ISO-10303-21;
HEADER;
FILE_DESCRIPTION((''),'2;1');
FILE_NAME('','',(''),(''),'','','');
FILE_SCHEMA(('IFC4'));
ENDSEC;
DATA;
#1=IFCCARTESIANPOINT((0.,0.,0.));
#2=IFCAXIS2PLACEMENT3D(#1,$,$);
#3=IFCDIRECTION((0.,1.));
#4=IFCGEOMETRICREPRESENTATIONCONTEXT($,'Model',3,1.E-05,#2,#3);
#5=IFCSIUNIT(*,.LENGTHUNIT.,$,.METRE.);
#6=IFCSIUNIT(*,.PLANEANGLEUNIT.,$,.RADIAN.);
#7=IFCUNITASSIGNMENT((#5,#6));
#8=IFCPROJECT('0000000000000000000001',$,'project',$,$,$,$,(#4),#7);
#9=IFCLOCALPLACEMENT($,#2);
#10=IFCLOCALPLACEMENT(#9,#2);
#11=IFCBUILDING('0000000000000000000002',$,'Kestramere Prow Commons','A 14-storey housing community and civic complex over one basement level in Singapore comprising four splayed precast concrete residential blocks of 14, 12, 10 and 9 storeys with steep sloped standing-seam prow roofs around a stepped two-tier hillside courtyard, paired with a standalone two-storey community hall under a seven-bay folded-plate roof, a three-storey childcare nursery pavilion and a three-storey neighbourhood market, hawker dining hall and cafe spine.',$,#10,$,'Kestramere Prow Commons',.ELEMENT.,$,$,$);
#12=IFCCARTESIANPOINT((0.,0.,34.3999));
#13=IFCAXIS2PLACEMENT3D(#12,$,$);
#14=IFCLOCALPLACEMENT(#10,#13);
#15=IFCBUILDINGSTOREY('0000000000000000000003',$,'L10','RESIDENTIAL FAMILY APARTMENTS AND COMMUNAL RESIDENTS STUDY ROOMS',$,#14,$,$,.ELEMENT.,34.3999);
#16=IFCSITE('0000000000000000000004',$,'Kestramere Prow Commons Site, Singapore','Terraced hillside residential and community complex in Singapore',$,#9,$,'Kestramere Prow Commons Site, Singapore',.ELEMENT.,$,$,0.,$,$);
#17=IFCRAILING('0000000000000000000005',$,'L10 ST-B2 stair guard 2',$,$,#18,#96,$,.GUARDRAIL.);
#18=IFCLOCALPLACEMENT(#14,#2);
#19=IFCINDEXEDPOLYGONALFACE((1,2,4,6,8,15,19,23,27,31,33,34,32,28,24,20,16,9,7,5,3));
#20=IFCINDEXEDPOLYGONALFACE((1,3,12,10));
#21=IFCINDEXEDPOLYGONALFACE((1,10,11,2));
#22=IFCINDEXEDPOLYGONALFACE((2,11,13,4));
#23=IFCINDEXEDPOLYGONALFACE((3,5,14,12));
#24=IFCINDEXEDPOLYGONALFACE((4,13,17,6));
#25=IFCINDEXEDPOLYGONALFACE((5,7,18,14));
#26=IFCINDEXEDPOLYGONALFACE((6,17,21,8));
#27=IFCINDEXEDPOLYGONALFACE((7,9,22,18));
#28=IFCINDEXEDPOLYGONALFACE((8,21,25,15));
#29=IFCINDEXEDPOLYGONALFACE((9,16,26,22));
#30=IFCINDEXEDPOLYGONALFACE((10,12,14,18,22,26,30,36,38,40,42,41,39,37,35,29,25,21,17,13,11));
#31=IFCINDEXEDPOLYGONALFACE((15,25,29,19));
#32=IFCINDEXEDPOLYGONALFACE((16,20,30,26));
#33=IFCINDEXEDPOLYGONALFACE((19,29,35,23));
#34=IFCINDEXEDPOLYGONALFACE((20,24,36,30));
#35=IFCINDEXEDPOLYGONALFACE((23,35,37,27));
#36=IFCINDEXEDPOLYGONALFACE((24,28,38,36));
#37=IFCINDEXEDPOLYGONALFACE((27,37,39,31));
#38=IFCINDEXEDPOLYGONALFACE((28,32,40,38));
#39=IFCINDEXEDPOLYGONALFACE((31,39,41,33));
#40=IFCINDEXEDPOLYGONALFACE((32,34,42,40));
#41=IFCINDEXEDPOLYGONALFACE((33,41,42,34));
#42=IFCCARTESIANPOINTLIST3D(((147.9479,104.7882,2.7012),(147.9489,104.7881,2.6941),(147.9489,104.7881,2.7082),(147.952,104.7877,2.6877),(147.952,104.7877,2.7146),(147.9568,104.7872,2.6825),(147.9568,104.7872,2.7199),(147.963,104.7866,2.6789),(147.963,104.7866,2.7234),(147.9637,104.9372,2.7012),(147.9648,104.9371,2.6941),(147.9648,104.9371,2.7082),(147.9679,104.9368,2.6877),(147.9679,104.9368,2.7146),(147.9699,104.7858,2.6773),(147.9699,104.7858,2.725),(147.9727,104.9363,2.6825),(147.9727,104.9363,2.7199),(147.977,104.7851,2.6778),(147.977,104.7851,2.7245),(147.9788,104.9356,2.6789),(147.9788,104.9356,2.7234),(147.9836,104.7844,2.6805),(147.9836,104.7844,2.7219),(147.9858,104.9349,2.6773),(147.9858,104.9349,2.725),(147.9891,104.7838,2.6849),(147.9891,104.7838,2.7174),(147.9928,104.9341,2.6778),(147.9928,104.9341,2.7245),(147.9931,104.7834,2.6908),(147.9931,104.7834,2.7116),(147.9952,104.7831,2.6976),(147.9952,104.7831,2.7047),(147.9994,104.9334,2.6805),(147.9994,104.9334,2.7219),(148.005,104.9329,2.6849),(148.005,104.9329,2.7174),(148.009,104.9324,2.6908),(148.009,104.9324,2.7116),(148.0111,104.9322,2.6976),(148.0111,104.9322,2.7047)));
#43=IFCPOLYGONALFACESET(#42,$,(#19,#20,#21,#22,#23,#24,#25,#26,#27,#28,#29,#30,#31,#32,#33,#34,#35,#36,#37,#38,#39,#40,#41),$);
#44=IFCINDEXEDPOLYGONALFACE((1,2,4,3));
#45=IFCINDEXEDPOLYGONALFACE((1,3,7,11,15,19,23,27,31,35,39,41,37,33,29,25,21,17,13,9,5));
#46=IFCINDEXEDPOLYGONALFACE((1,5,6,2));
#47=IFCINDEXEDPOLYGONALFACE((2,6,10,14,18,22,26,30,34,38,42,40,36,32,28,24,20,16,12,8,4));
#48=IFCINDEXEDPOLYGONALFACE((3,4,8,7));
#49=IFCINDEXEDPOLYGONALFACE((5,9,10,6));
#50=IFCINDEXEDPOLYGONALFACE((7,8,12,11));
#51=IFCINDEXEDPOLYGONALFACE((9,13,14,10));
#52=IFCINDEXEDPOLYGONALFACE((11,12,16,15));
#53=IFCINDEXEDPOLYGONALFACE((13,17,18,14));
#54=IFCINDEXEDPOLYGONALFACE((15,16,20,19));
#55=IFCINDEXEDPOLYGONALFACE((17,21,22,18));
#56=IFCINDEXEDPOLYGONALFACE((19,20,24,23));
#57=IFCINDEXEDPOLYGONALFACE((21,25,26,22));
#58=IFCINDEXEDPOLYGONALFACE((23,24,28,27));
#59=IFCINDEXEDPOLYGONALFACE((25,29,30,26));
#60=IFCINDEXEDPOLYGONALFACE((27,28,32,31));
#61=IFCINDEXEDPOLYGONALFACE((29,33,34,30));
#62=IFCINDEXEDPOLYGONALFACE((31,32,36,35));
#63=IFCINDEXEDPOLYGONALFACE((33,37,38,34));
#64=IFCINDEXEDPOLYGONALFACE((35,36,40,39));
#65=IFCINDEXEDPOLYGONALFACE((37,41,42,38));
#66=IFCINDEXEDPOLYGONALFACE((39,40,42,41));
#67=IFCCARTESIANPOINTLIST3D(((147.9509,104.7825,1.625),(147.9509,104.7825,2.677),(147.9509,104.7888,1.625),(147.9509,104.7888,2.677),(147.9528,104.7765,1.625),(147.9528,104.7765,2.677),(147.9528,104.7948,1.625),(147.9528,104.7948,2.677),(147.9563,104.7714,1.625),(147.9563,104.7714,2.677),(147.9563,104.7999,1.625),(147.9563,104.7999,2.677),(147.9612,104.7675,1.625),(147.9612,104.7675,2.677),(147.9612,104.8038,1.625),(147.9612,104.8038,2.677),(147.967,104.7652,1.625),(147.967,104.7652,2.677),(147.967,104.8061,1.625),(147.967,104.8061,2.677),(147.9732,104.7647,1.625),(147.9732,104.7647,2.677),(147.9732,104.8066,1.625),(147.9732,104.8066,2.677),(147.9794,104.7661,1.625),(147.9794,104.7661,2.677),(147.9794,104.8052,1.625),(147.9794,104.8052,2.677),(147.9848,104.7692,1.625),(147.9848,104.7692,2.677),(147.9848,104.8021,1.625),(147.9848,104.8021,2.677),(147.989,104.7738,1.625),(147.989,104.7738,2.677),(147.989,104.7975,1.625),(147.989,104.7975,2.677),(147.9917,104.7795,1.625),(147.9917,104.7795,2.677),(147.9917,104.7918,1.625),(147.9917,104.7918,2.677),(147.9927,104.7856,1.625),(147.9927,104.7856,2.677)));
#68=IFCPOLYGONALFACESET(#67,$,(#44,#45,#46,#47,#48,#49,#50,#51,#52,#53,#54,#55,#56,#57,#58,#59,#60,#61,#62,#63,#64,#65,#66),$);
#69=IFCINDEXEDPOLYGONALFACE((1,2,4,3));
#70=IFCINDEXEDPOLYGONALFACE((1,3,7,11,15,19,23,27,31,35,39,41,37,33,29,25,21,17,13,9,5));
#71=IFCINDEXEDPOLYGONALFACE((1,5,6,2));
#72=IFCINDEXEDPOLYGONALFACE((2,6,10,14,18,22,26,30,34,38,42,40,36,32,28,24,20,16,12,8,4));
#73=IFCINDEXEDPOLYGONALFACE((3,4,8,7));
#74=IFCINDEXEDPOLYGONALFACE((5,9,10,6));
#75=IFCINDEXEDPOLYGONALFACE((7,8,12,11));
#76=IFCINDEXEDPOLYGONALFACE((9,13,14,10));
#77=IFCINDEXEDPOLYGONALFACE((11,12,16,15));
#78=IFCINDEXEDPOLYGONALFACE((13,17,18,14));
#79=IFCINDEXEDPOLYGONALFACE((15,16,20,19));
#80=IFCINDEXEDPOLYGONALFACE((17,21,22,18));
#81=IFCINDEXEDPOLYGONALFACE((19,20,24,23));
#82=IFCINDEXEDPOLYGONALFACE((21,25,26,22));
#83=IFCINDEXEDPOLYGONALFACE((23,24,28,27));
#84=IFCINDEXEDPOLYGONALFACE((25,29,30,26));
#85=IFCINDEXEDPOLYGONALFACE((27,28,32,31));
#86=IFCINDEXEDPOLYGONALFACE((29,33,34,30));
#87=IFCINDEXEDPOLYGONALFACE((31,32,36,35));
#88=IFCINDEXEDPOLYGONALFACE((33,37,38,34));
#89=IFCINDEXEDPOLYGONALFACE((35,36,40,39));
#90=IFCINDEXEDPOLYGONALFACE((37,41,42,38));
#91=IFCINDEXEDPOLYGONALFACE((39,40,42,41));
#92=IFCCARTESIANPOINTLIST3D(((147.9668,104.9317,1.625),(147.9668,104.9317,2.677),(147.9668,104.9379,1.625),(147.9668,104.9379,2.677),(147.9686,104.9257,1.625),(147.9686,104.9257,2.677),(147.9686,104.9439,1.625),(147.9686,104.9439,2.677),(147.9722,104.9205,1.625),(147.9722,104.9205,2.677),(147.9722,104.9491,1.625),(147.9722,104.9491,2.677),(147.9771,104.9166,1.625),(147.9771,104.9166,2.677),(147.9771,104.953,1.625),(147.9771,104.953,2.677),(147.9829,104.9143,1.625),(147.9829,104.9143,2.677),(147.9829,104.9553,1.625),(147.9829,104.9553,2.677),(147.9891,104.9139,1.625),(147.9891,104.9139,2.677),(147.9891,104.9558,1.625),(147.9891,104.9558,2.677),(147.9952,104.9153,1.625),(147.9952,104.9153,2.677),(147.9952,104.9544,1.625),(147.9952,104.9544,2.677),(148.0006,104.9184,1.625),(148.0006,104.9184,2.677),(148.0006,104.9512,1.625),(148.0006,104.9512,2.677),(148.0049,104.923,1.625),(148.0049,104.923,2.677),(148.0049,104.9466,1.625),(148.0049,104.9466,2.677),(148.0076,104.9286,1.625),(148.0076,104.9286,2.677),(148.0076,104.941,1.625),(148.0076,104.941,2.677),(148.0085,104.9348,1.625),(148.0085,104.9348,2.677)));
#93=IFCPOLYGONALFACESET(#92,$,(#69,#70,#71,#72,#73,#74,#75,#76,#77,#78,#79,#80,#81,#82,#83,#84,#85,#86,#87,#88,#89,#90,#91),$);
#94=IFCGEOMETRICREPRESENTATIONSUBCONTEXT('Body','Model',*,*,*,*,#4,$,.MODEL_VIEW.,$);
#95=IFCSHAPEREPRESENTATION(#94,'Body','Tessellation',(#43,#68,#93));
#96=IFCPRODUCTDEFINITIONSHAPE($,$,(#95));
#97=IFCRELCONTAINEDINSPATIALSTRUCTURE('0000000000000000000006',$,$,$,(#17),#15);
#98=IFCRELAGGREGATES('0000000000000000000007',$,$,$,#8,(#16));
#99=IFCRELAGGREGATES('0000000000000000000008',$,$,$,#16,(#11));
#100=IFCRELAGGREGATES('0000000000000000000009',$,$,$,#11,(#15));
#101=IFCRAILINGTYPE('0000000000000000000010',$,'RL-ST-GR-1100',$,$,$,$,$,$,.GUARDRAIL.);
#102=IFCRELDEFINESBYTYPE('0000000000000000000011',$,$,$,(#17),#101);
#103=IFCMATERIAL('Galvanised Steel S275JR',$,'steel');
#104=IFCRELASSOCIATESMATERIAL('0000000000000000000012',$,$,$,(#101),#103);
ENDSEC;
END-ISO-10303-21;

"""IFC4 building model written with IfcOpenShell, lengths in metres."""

from ifc_helpers import new_model, si_unit, direction, frame, origin, origin_2d, place, context, subcontext, project, spatial, circle, extrude, material, type_object, element, save


model = new_model("IFC4")

# Units and contexts
model_context = context("Model", 3, precision=1e-05, world=origin(), true_north=direction((0.0, 1.0)))
body_context = subcontext(model_context, "Body", "Model", "MODEL_VIEW")
ifc_project = project(units=[si_unit("LENGTHUNIT", "METRE"), si_unit("PLANEANGLEUNIT", "RADIAN")], contexts=[model_context])

# Site, building, storey
site_placement = place(None, origin())
site = spatial("IfcSite", under=ifc_project, at=site_placement, Name="Kestramere Prow Commons Site, Singapore", Description="Terraced hillside residential and community complex in Singapore", LongName="Kestramere Prow Commons Site, Singapore", CompositionType="ELEMENT", RefElevation=0.0)
building_placement = place(site_placement, origin())
building = spatial("IfcBuilding", under=site, at=building_placement, Name="Kestramere Prow Commons", Description="A 14-storey housing community and civic complex over one basement level in Singapore comprising four splayed precast concrete residential blocks of 14, 12, 10 and 9 storeys with steep sloped standing-seam prow roofs around a stepped two-tier hillside courtyard, paired with a standalone two-storey community hall under a seven-bay folded-plate roof, a three-storey childcare nursery pavilion and a three-storey neighbourhood market, hawker dining hall and cafe spine.", LongName="Kestramere Prow Commons", CompositionType="ELEMENT")
storey_placement = place(building_placement, frame((0.0, 0.0, 34.3999)))
storey = spatial("IfcBuildingStorey", under=building, at=storey_placement, Name="L10", Description="RESIDENTIAL FAMILY APARTMENTS AND COMMUNAL RESIDENTS STUDY ROOMS", CompositionType="ELEMENT", Elevation=34.3999)

# Railing
ifc_material_1 = material(Name="Galvanised Steel S275JR", Category="steel")
railing_type_1 = type_object("IfcRailingType", Name="RL-ST-GR-1100", PredefinedType="GUARDRAIL", material=ifc_material_1)
railing_1_placement = place(storey_placement, frame((147.9717, 104.7856, 1.625)))
element("IfcRailing", 1, at=railing_1_placement, inside=storey, type_object=railing_type_1, Name="L10 ST-B2 stair guard 2", PredefinedType="GUARDRAIL", context=body_context, shape_type="SweptSolid", body=[
    extrude(circle(Radius=0.0239, at=origin_2d()), frame((0.0, 0.0, 1.0762), z_axis=(0.105786, 0.994389, 0.0), x_axis=(-0.994389, 0.105786, 0.0)), (0.0, 0.0, 1.0), 0.1499),
    extrude(circle(Radius=0.021, at=origin_2d()), origin(), (0.0, 0.0, 1.0), 1.052),
    extrude(circle(Radius=0.021, at=origin_2d()), frame((0.0159, 0.1492, 0.0)), (0.0, 0.0, 1.0), 1.052),
])

save(model, "model.ifc")
